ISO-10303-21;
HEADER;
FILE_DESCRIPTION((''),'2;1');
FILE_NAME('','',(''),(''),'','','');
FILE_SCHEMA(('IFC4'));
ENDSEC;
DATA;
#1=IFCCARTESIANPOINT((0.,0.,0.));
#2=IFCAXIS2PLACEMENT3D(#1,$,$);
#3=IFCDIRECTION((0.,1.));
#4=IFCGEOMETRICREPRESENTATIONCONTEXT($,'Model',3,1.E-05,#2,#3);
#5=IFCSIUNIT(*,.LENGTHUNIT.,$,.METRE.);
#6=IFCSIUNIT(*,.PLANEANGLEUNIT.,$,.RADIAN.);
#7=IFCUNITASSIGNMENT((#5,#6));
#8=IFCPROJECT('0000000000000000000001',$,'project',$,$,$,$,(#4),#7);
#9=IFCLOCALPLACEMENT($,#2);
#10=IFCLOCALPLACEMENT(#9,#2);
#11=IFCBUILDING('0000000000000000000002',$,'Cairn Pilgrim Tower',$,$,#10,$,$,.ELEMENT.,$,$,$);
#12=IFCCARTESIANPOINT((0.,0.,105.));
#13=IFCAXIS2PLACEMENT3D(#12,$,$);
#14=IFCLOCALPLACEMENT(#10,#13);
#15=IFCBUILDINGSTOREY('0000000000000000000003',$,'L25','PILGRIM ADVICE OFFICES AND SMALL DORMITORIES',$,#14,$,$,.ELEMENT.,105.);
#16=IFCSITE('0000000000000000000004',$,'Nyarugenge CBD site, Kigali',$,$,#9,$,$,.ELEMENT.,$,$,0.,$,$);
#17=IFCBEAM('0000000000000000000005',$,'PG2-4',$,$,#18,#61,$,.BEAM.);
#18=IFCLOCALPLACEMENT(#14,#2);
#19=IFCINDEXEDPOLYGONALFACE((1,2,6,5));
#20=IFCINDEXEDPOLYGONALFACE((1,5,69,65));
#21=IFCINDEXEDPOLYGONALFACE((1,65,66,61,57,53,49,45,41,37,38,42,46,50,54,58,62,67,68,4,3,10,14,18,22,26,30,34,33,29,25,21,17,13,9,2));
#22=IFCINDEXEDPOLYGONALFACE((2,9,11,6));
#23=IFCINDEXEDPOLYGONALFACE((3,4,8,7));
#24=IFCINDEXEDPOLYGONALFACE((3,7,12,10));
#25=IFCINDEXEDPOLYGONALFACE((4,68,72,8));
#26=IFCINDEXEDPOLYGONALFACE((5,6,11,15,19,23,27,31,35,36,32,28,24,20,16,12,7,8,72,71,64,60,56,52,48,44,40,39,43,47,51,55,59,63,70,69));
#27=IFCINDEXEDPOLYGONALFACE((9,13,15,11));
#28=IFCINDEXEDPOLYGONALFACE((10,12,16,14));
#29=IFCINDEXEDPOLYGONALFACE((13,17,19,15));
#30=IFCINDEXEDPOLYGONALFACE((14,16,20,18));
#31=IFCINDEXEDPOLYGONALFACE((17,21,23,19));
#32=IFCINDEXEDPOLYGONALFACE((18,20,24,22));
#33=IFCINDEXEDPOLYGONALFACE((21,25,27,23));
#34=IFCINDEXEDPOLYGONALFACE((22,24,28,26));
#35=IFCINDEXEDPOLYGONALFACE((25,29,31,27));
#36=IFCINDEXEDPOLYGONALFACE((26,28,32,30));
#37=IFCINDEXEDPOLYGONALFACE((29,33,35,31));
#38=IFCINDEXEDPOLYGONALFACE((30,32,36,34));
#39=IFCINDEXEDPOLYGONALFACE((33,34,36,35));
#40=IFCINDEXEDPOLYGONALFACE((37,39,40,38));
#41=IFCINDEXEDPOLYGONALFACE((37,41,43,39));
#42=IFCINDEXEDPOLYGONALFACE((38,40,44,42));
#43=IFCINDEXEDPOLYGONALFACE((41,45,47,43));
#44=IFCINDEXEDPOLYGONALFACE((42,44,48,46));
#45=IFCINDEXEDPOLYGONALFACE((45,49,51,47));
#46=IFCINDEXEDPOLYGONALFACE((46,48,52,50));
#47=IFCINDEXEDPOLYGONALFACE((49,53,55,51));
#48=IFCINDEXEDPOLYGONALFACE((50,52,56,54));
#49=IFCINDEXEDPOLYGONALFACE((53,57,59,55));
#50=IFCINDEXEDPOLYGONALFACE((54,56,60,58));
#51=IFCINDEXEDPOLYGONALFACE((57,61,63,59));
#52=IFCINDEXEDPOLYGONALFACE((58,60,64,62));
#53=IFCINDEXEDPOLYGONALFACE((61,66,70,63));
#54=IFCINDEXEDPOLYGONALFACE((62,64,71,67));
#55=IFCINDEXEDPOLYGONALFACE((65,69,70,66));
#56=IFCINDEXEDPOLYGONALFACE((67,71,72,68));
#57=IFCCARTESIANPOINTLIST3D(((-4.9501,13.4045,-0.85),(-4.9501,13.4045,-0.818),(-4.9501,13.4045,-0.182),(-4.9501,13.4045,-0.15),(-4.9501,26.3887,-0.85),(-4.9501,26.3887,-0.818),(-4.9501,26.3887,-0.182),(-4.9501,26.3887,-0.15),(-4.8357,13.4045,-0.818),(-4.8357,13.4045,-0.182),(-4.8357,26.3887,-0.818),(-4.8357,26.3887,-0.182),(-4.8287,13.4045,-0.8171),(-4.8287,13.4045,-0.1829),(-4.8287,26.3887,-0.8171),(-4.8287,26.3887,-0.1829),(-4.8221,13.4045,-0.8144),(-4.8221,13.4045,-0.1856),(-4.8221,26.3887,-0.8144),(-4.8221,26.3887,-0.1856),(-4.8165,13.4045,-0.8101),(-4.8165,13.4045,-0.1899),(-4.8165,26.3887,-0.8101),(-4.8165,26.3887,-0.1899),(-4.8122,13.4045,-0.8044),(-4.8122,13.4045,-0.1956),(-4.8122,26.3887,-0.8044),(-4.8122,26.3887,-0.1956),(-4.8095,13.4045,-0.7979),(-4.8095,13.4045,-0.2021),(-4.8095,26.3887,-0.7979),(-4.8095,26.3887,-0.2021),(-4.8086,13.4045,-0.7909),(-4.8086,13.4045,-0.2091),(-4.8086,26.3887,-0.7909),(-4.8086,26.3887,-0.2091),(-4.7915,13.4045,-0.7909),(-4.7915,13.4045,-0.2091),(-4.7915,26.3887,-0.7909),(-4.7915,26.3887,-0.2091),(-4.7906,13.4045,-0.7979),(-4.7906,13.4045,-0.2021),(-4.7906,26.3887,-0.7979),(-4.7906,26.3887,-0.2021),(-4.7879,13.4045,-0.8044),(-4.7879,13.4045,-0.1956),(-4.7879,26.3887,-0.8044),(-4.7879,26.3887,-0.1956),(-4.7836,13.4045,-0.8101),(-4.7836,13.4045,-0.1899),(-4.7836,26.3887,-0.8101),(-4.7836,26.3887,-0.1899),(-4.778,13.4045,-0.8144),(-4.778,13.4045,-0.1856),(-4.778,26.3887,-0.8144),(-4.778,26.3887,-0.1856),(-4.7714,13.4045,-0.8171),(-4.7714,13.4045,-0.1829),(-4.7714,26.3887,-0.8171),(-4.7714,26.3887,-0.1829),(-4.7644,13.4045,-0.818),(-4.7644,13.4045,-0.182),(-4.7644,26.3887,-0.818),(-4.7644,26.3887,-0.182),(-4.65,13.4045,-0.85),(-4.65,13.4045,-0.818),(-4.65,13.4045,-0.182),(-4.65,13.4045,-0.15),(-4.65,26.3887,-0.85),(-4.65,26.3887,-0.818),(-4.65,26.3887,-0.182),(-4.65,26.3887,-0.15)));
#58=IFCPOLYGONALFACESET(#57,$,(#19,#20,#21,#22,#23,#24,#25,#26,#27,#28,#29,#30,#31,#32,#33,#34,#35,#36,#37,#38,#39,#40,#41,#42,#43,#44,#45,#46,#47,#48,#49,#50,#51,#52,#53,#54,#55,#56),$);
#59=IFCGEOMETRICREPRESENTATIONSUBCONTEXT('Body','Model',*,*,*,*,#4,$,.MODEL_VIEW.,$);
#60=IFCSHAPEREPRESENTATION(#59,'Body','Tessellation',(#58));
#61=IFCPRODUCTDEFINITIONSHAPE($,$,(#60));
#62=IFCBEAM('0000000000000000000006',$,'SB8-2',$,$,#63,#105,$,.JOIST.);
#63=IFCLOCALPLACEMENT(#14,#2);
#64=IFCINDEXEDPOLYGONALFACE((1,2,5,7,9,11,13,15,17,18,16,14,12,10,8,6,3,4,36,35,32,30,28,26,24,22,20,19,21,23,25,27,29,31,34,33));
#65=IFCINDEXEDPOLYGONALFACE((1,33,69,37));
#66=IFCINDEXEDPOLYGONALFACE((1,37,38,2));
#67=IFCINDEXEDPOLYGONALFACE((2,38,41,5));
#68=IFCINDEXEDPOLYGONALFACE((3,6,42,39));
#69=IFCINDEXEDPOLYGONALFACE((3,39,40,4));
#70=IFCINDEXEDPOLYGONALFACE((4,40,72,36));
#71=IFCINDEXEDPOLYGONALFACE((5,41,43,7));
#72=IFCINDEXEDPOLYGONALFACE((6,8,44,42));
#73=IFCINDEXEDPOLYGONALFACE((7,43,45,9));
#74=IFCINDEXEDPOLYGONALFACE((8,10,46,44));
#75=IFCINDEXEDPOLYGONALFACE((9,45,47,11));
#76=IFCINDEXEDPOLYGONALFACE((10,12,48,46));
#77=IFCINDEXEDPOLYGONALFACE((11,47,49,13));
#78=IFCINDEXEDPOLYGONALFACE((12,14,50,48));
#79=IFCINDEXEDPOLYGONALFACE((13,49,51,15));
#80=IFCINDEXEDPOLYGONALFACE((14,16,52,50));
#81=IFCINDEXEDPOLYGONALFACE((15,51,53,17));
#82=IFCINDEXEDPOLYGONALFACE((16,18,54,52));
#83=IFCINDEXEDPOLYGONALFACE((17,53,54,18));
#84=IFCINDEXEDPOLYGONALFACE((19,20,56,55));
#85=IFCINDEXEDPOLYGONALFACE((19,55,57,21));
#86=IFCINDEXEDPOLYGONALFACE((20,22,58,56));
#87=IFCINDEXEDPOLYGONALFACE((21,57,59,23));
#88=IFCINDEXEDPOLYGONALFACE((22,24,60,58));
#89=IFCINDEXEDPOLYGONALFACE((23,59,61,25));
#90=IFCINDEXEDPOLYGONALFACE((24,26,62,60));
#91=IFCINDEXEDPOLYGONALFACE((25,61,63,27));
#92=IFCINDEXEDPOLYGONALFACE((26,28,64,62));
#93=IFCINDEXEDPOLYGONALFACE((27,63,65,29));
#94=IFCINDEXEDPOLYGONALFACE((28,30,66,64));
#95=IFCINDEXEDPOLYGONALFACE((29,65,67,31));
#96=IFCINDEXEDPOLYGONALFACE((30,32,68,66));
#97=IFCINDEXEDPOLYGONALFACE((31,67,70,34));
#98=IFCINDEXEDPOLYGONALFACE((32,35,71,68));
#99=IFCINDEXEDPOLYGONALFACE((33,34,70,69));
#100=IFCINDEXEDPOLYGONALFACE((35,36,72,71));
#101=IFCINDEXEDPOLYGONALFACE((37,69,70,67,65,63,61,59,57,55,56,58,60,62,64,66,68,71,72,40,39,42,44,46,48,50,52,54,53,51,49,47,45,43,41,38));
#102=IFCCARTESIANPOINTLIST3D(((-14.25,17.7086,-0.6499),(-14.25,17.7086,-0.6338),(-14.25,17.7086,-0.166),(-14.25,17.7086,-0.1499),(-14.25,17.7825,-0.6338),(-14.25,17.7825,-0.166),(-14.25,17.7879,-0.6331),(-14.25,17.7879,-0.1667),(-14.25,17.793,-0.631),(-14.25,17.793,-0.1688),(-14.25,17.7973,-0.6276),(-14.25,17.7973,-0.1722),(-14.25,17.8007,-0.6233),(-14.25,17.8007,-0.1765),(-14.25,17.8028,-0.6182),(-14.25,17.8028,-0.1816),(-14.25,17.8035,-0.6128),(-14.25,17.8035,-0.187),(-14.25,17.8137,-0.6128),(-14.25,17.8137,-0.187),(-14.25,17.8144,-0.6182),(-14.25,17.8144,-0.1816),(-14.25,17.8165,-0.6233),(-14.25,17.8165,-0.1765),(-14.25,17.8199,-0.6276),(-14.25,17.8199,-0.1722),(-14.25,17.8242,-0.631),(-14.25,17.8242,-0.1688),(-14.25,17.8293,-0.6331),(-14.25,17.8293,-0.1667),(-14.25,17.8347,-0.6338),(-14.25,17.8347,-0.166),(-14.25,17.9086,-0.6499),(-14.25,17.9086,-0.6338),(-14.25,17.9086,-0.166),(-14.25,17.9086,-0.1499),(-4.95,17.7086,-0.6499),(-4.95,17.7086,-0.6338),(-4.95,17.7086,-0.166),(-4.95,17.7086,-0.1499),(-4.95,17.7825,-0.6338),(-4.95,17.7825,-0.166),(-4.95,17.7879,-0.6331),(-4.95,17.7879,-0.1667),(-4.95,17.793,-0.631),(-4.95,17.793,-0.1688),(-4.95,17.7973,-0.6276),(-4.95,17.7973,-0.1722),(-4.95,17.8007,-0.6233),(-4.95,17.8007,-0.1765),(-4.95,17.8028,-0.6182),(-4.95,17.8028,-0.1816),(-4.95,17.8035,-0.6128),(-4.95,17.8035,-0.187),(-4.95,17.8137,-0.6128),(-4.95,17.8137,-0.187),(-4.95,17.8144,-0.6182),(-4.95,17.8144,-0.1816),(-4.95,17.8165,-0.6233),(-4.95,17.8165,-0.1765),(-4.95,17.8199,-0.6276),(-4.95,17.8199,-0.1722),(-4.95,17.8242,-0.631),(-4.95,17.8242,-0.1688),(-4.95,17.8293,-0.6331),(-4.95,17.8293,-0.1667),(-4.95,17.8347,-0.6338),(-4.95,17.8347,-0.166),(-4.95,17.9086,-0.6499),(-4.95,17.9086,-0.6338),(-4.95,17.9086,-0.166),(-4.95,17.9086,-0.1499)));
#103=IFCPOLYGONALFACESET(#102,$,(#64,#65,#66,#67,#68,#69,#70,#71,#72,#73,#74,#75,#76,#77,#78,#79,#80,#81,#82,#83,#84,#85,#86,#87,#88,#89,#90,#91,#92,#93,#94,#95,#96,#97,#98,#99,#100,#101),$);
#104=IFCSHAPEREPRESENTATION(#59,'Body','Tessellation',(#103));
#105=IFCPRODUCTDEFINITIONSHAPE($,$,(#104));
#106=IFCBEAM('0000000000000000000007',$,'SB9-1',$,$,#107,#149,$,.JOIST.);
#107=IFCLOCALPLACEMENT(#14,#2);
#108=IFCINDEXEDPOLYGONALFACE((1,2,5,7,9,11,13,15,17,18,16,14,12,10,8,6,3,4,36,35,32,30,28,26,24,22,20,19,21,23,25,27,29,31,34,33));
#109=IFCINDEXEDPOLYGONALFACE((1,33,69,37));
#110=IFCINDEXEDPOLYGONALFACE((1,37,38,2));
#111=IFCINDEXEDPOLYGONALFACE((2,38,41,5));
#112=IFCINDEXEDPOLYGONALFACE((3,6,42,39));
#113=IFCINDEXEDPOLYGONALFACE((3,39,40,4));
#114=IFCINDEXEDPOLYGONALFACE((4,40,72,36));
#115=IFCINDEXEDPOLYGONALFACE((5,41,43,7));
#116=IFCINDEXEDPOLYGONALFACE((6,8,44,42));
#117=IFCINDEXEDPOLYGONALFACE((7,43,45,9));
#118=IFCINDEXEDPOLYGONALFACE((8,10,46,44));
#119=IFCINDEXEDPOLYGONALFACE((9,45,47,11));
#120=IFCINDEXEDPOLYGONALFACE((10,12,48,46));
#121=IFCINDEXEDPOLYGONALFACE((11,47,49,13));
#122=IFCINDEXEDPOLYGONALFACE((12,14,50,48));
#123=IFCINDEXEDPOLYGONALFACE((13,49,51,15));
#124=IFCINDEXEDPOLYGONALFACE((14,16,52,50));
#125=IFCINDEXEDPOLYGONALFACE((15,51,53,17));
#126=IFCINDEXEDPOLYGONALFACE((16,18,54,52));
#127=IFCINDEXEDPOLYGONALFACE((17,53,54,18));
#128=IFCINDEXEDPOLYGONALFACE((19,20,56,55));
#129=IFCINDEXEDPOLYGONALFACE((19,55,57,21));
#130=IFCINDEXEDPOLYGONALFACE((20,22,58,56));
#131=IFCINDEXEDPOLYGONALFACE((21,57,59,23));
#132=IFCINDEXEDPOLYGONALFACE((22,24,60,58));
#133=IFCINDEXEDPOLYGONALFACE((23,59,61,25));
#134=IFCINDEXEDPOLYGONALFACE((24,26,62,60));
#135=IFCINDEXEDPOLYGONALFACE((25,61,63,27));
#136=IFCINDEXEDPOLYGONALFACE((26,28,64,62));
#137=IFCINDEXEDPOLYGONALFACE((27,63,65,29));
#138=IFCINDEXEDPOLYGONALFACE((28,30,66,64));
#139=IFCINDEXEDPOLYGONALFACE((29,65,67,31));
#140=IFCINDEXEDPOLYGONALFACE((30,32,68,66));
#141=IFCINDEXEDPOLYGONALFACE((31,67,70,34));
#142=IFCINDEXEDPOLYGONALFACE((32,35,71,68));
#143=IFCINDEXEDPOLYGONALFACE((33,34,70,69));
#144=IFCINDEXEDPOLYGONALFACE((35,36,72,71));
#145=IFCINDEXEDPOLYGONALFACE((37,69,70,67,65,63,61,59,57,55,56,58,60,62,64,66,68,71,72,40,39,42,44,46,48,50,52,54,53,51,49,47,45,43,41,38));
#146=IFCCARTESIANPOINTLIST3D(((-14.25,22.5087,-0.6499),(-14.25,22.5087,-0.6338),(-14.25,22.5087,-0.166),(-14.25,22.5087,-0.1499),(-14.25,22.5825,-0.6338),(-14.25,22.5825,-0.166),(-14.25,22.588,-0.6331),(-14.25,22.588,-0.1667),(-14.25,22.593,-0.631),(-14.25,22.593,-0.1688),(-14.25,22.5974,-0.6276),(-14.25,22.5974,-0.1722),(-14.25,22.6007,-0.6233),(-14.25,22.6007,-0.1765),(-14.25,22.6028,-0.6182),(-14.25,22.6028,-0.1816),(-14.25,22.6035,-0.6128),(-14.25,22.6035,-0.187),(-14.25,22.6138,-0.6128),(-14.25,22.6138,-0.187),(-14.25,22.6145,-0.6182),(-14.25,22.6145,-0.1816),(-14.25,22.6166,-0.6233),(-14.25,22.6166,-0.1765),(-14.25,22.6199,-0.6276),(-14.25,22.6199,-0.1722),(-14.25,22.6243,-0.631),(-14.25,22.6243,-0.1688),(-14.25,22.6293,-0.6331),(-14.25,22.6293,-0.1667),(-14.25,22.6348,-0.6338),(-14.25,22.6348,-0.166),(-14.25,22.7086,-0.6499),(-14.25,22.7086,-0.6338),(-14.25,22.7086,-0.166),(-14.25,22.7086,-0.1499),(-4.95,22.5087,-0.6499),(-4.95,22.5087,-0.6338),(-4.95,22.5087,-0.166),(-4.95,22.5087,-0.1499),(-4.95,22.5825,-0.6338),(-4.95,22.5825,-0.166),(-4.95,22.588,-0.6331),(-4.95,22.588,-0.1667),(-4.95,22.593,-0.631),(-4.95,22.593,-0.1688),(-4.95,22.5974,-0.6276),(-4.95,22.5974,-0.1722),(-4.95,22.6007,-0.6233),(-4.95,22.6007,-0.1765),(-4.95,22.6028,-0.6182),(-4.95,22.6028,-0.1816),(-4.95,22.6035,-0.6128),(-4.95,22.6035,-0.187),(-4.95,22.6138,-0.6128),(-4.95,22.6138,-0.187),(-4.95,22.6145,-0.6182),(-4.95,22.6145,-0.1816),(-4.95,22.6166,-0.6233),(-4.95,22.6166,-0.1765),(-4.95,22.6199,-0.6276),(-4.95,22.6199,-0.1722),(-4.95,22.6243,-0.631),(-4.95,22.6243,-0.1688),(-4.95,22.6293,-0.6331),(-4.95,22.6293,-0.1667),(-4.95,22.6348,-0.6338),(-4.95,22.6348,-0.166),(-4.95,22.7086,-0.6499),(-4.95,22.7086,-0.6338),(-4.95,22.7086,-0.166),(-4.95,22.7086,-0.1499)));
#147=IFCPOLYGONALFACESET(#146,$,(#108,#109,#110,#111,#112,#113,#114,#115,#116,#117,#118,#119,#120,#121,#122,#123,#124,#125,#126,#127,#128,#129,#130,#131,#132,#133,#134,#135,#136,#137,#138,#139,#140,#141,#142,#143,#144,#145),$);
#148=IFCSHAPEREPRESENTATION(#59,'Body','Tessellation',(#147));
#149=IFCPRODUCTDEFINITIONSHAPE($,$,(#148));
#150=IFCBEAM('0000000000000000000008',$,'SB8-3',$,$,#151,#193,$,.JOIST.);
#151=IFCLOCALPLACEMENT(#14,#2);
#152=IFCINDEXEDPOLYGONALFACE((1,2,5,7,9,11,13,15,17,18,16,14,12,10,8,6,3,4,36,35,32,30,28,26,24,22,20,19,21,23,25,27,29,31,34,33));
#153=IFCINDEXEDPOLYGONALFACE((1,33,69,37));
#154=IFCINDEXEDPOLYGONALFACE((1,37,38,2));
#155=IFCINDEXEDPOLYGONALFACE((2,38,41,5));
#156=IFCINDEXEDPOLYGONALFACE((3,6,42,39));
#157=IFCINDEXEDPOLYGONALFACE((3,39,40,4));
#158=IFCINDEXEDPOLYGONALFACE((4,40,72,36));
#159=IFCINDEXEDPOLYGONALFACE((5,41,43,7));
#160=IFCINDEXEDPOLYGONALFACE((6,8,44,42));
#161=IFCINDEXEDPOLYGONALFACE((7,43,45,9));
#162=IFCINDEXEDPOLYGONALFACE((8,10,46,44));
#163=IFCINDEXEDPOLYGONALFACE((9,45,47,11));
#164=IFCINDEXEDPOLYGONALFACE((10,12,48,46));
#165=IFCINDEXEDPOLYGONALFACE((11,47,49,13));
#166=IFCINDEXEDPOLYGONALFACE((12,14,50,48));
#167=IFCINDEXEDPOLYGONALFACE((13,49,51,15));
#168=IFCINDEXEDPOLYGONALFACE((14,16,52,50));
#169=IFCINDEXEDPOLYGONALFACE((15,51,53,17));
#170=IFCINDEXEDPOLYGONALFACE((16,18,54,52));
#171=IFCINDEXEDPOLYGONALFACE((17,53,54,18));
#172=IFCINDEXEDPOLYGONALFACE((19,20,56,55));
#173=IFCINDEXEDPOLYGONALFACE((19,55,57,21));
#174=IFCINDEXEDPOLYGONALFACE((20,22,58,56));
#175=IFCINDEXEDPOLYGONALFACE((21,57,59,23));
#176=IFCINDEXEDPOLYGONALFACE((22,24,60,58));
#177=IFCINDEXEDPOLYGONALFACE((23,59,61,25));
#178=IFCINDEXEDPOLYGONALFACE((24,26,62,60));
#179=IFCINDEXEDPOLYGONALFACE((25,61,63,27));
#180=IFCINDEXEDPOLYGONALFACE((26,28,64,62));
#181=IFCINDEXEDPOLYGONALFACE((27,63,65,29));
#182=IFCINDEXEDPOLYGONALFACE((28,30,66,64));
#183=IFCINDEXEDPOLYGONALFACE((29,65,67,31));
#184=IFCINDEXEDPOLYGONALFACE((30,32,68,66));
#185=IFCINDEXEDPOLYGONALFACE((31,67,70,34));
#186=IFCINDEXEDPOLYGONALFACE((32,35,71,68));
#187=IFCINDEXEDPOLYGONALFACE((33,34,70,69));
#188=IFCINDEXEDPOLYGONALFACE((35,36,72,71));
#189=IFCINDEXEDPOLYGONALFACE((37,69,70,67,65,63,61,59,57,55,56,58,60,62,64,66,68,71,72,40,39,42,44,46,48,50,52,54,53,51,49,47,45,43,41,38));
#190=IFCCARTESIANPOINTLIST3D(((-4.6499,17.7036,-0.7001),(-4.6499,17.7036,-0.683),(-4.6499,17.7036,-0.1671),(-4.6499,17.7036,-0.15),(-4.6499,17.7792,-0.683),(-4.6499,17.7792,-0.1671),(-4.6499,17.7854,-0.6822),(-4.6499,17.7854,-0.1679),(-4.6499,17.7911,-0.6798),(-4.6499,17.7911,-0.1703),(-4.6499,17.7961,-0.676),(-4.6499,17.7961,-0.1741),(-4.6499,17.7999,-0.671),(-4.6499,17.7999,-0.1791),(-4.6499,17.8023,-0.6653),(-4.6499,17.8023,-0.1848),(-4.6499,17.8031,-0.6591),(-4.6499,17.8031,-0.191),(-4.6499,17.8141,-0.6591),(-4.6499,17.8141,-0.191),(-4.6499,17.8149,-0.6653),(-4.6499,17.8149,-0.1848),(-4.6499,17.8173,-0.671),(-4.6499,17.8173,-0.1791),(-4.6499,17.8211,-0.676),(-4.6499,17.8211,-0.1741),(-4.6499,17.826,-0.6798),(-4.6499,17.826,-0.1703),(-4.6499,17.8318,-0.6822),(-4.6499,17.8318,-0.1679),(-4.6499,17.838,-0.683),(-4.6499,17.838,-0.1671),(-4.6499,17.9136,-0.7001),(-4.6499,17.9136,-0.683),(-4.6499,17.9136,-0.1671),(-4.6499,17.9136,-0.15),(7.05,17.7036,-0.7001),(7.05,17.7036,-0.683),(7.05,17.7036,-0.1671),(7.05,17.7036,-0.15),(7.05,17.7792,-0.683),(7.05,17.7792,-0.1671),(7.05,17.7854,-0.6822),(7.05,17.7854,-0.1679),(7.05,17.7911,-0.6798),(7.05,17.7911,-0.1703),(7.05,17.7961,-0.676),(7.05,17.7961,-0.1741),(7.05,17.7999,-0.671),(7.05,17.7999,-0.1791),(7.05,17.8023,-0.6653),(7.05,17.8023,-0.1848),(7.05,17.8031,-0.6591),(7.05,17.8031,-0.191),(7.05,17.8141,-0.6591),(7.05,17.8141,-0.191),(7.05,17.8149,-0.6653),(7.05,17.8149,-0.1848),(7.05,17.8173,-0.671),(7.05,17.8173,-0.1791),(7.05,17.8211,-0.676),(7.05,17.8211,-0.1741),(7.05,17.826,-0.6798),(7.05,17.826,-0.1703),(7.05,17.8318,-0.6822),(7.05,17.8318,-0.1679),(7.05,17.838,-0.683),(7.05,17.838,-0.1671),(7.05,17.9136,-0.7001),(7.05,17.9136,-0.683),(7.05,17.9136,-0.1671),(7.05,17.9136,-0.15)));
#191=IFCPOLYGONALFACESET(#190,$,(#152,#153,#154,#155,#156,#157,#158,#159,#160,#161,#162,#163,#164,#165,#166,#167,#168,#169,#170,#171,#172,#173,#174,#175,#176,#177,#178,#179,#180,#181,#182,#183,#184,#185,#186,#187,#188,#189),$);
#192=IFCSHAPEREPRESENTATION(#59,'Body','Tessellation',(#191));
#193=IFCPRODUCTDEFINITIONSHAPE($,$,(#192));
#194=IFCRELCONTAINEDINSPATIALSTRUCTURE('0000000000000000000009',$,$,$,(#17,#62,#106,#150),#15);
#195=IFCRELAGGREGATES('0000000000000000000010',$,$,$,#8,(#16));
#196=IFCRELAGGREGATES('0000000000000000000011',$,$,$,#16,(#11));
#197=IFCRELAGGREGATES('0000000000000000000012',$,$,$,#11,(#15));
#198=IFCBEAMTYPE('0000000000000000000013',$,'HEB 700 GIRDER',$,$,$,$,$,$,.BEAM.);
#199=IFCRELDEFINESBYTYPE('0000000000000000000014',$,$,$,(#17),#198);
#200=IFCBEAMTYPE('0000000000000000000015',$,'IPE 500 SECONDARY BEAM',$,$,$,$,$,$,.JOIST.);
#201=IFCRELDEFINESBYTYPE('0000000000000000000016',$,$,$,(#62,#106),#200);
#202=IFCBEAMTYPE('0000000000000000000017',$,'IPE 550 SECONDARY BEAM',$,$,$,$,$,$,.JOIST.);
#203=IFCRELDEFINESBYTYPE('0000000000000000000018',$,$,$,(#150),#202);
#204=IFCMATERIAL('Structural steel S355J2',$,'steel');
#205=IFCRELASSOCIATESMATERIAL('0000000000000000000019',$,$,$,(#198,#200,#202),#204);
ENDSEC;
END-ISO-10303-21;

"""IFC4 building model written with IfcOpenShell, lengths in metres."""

from ifc_helpers import new_model, si_unit, direction, frame, origin, origin_2d, place, context, subcontext, project, spatial, i_section, extrude, material, material_profile, profile_set, type_object, element, save


model = new_model("IFC4")

# Units and contexts
model_context = context("Model", 3, precision=1e-05, world=origin(), true_north=direction((0.0, 1.0)))
body_context = subcontext(model_context, "Body", "Model", "MODEL_VIEW")
ifc_project = project(units=[si_unit("LENGTHUNIT", "METRE"), si_unit("PLANEANGLEUNIT", "RADIAN")], contexts=[model_context])

# Site, building, storey
site_placement = place(None, origin())
site = spatial("IfcSite", under=ifc_project, at=site_placement, Name="Nyarugenge CBD site, Kigali", CompositionType="ELEMENT", RefElevation=0.0)
building_placement = place(site_placement, origin())
building = spatial("IfcBuilding", under=site, at=building_placement, Name="Cairn Pilgrim Tower", CompositionType="ELEMENT")
storey_placement = place(building_placement, frame((0.0, 0.0, 105.0)))
storey = spatial("IfcBuildingStorey", under=building, at=storey_placement, Name="L25", Description="PILGRIM ADVICE OFFICES AND SMALL DORMITORIES", CompositionType="ELEMENT", Elevation=105.0)

# Shared definitions
ifc_material_1 = material(Name="Structural steel S355J2", Category="steel")

# Beams
ifc_material_profile_1 = material_profile(ifc_material_1, i_section(OverallWidth=0.3, OverallDepth=0.7, WebThickness=0.0171, FlangeThickness=0.032, FilletRadius=0.0271, at=origin_2d()), Name="HEB 700")
ifc_profile_set_1 = profile_set([ifc_material_profile_1], Name="Structural steel S355J2")
beam_type_1 = type_object("IfcBeamType", Name="HEB 700 GIRDER", PredefinedType="BEAM", material=ifc_profile_set_1)
beam_1_placement = place(storey_placement, frame((-4.8, 13.4045, -0.5), z_axis=(0.0, 1.0, 0.0), x_axis=(-1.0, 0.0, 0.0)))
element("IfcBeam", 1, at=beam_1_placement, inside=storey, type_object=beam_type_1, Name="PG2-4", PredefinedType="BEAM", context=body_context, shape_type="SweptSolid", body=[
    extrude(i_section(OverallWidth=0.3, OverallDepth=0.7, WebThickness=0.0171, FlangeThickness=0.032, FilletRadius=0.0271, at=origin_2d()), origin(), (0.0, 0.0, 1.0), 12.9841),
])
ifc_material_profile_2 = material_profile(ifc_material_1, i_section(OverallWidth=0.2, OverallDepth=0.5, WebThickness=0.0103, FlangeThickness=0.0161, FilletRadius=0.021, at=origin_2d()), Name="IPE 500")
ifc_profile_set_2 = profile_set([ifc_material_profile_2], Name="Structural steel S355J2")
beam_type_2 = type_object("IfcBeamType", Name="IPE 500 SECONDARY BEAM", PredefinedType="JOIST", material=ifc_profile_set_2)
for number, where, z_axis, x_axis, name in (
    (2, (-14.25, 17.8086, -0.3999), (1.0, 0.0, 0.0), (0.0, 1.0, 0.0), "SB8-2"),
    (3, (-14.25, 22.6086, -0.3999), (1.0, 0.0, 0.0), (0.0, 1.0, 0.0), "SB9-1"),
):
    element("IfcBeam", number, at=place(storey_placement, frame(where, z_axis=z_axis, x_axis=x_axis)), inside=storey, type_object=beam_type_2, Name=name, PredefinedType="JOIST", context=body_context, shape_type="SweptSolid", body=[
        extrude(i_section(OverallWidth=0.2, OverallDepth=0.5, WebThickness=0.0103, FlangeThickness=0.0161, FilletRadius=0.021, at=origin_2d()), origin(), (0.0, 0.0, 1.0), 9.3),
    ])
ifc_material_profile_3 = material_profile(ifc_material_1, i_section(OverallWidth=0.21, OverallDepth=0.55, WebThickness=0.011, FlangeThickness=0.0171, FilletRadius=0.0239, at=origin_2d()), Name="IPE 550")
ifc_profile_set_3 = profile_set([ifc_material_profile_3], Name="Structural steel S355J2")
beam_type_3 = type_object("IfcBeamType", Name="IPE 550 SECONDARY BEAM", PredefinedType="JOIST", material=ifc_profile_set_3)
for number, where, z_axis, x_axis, name in (
    (4, (-4.6499, 17.8086, -0.425), (1.0, 0.0, 0.0), (0.0, 1.0, 0.0), "SB8-3"),
):
    element("IfcBeam", number, at=place(storey_placement, frame(where, z_axis=z_axis, x_axis=x_axis)), inside=storey, type_object=beam_type_3, Name=name, PredefinedType="JOIST", context=body_context, shape_type="SweptSolid", body=[
        extrude(i_section(OverallWidth=0.21, OverallDepth=0.55, WebThickness=0.011, FlangeThickness=0.0171, FilletRadius=0.0239, at=origin_2d()), origin(), (0.0, 0.0, 1.0), 11.7),
    ])

save(model, "model.ifc")
